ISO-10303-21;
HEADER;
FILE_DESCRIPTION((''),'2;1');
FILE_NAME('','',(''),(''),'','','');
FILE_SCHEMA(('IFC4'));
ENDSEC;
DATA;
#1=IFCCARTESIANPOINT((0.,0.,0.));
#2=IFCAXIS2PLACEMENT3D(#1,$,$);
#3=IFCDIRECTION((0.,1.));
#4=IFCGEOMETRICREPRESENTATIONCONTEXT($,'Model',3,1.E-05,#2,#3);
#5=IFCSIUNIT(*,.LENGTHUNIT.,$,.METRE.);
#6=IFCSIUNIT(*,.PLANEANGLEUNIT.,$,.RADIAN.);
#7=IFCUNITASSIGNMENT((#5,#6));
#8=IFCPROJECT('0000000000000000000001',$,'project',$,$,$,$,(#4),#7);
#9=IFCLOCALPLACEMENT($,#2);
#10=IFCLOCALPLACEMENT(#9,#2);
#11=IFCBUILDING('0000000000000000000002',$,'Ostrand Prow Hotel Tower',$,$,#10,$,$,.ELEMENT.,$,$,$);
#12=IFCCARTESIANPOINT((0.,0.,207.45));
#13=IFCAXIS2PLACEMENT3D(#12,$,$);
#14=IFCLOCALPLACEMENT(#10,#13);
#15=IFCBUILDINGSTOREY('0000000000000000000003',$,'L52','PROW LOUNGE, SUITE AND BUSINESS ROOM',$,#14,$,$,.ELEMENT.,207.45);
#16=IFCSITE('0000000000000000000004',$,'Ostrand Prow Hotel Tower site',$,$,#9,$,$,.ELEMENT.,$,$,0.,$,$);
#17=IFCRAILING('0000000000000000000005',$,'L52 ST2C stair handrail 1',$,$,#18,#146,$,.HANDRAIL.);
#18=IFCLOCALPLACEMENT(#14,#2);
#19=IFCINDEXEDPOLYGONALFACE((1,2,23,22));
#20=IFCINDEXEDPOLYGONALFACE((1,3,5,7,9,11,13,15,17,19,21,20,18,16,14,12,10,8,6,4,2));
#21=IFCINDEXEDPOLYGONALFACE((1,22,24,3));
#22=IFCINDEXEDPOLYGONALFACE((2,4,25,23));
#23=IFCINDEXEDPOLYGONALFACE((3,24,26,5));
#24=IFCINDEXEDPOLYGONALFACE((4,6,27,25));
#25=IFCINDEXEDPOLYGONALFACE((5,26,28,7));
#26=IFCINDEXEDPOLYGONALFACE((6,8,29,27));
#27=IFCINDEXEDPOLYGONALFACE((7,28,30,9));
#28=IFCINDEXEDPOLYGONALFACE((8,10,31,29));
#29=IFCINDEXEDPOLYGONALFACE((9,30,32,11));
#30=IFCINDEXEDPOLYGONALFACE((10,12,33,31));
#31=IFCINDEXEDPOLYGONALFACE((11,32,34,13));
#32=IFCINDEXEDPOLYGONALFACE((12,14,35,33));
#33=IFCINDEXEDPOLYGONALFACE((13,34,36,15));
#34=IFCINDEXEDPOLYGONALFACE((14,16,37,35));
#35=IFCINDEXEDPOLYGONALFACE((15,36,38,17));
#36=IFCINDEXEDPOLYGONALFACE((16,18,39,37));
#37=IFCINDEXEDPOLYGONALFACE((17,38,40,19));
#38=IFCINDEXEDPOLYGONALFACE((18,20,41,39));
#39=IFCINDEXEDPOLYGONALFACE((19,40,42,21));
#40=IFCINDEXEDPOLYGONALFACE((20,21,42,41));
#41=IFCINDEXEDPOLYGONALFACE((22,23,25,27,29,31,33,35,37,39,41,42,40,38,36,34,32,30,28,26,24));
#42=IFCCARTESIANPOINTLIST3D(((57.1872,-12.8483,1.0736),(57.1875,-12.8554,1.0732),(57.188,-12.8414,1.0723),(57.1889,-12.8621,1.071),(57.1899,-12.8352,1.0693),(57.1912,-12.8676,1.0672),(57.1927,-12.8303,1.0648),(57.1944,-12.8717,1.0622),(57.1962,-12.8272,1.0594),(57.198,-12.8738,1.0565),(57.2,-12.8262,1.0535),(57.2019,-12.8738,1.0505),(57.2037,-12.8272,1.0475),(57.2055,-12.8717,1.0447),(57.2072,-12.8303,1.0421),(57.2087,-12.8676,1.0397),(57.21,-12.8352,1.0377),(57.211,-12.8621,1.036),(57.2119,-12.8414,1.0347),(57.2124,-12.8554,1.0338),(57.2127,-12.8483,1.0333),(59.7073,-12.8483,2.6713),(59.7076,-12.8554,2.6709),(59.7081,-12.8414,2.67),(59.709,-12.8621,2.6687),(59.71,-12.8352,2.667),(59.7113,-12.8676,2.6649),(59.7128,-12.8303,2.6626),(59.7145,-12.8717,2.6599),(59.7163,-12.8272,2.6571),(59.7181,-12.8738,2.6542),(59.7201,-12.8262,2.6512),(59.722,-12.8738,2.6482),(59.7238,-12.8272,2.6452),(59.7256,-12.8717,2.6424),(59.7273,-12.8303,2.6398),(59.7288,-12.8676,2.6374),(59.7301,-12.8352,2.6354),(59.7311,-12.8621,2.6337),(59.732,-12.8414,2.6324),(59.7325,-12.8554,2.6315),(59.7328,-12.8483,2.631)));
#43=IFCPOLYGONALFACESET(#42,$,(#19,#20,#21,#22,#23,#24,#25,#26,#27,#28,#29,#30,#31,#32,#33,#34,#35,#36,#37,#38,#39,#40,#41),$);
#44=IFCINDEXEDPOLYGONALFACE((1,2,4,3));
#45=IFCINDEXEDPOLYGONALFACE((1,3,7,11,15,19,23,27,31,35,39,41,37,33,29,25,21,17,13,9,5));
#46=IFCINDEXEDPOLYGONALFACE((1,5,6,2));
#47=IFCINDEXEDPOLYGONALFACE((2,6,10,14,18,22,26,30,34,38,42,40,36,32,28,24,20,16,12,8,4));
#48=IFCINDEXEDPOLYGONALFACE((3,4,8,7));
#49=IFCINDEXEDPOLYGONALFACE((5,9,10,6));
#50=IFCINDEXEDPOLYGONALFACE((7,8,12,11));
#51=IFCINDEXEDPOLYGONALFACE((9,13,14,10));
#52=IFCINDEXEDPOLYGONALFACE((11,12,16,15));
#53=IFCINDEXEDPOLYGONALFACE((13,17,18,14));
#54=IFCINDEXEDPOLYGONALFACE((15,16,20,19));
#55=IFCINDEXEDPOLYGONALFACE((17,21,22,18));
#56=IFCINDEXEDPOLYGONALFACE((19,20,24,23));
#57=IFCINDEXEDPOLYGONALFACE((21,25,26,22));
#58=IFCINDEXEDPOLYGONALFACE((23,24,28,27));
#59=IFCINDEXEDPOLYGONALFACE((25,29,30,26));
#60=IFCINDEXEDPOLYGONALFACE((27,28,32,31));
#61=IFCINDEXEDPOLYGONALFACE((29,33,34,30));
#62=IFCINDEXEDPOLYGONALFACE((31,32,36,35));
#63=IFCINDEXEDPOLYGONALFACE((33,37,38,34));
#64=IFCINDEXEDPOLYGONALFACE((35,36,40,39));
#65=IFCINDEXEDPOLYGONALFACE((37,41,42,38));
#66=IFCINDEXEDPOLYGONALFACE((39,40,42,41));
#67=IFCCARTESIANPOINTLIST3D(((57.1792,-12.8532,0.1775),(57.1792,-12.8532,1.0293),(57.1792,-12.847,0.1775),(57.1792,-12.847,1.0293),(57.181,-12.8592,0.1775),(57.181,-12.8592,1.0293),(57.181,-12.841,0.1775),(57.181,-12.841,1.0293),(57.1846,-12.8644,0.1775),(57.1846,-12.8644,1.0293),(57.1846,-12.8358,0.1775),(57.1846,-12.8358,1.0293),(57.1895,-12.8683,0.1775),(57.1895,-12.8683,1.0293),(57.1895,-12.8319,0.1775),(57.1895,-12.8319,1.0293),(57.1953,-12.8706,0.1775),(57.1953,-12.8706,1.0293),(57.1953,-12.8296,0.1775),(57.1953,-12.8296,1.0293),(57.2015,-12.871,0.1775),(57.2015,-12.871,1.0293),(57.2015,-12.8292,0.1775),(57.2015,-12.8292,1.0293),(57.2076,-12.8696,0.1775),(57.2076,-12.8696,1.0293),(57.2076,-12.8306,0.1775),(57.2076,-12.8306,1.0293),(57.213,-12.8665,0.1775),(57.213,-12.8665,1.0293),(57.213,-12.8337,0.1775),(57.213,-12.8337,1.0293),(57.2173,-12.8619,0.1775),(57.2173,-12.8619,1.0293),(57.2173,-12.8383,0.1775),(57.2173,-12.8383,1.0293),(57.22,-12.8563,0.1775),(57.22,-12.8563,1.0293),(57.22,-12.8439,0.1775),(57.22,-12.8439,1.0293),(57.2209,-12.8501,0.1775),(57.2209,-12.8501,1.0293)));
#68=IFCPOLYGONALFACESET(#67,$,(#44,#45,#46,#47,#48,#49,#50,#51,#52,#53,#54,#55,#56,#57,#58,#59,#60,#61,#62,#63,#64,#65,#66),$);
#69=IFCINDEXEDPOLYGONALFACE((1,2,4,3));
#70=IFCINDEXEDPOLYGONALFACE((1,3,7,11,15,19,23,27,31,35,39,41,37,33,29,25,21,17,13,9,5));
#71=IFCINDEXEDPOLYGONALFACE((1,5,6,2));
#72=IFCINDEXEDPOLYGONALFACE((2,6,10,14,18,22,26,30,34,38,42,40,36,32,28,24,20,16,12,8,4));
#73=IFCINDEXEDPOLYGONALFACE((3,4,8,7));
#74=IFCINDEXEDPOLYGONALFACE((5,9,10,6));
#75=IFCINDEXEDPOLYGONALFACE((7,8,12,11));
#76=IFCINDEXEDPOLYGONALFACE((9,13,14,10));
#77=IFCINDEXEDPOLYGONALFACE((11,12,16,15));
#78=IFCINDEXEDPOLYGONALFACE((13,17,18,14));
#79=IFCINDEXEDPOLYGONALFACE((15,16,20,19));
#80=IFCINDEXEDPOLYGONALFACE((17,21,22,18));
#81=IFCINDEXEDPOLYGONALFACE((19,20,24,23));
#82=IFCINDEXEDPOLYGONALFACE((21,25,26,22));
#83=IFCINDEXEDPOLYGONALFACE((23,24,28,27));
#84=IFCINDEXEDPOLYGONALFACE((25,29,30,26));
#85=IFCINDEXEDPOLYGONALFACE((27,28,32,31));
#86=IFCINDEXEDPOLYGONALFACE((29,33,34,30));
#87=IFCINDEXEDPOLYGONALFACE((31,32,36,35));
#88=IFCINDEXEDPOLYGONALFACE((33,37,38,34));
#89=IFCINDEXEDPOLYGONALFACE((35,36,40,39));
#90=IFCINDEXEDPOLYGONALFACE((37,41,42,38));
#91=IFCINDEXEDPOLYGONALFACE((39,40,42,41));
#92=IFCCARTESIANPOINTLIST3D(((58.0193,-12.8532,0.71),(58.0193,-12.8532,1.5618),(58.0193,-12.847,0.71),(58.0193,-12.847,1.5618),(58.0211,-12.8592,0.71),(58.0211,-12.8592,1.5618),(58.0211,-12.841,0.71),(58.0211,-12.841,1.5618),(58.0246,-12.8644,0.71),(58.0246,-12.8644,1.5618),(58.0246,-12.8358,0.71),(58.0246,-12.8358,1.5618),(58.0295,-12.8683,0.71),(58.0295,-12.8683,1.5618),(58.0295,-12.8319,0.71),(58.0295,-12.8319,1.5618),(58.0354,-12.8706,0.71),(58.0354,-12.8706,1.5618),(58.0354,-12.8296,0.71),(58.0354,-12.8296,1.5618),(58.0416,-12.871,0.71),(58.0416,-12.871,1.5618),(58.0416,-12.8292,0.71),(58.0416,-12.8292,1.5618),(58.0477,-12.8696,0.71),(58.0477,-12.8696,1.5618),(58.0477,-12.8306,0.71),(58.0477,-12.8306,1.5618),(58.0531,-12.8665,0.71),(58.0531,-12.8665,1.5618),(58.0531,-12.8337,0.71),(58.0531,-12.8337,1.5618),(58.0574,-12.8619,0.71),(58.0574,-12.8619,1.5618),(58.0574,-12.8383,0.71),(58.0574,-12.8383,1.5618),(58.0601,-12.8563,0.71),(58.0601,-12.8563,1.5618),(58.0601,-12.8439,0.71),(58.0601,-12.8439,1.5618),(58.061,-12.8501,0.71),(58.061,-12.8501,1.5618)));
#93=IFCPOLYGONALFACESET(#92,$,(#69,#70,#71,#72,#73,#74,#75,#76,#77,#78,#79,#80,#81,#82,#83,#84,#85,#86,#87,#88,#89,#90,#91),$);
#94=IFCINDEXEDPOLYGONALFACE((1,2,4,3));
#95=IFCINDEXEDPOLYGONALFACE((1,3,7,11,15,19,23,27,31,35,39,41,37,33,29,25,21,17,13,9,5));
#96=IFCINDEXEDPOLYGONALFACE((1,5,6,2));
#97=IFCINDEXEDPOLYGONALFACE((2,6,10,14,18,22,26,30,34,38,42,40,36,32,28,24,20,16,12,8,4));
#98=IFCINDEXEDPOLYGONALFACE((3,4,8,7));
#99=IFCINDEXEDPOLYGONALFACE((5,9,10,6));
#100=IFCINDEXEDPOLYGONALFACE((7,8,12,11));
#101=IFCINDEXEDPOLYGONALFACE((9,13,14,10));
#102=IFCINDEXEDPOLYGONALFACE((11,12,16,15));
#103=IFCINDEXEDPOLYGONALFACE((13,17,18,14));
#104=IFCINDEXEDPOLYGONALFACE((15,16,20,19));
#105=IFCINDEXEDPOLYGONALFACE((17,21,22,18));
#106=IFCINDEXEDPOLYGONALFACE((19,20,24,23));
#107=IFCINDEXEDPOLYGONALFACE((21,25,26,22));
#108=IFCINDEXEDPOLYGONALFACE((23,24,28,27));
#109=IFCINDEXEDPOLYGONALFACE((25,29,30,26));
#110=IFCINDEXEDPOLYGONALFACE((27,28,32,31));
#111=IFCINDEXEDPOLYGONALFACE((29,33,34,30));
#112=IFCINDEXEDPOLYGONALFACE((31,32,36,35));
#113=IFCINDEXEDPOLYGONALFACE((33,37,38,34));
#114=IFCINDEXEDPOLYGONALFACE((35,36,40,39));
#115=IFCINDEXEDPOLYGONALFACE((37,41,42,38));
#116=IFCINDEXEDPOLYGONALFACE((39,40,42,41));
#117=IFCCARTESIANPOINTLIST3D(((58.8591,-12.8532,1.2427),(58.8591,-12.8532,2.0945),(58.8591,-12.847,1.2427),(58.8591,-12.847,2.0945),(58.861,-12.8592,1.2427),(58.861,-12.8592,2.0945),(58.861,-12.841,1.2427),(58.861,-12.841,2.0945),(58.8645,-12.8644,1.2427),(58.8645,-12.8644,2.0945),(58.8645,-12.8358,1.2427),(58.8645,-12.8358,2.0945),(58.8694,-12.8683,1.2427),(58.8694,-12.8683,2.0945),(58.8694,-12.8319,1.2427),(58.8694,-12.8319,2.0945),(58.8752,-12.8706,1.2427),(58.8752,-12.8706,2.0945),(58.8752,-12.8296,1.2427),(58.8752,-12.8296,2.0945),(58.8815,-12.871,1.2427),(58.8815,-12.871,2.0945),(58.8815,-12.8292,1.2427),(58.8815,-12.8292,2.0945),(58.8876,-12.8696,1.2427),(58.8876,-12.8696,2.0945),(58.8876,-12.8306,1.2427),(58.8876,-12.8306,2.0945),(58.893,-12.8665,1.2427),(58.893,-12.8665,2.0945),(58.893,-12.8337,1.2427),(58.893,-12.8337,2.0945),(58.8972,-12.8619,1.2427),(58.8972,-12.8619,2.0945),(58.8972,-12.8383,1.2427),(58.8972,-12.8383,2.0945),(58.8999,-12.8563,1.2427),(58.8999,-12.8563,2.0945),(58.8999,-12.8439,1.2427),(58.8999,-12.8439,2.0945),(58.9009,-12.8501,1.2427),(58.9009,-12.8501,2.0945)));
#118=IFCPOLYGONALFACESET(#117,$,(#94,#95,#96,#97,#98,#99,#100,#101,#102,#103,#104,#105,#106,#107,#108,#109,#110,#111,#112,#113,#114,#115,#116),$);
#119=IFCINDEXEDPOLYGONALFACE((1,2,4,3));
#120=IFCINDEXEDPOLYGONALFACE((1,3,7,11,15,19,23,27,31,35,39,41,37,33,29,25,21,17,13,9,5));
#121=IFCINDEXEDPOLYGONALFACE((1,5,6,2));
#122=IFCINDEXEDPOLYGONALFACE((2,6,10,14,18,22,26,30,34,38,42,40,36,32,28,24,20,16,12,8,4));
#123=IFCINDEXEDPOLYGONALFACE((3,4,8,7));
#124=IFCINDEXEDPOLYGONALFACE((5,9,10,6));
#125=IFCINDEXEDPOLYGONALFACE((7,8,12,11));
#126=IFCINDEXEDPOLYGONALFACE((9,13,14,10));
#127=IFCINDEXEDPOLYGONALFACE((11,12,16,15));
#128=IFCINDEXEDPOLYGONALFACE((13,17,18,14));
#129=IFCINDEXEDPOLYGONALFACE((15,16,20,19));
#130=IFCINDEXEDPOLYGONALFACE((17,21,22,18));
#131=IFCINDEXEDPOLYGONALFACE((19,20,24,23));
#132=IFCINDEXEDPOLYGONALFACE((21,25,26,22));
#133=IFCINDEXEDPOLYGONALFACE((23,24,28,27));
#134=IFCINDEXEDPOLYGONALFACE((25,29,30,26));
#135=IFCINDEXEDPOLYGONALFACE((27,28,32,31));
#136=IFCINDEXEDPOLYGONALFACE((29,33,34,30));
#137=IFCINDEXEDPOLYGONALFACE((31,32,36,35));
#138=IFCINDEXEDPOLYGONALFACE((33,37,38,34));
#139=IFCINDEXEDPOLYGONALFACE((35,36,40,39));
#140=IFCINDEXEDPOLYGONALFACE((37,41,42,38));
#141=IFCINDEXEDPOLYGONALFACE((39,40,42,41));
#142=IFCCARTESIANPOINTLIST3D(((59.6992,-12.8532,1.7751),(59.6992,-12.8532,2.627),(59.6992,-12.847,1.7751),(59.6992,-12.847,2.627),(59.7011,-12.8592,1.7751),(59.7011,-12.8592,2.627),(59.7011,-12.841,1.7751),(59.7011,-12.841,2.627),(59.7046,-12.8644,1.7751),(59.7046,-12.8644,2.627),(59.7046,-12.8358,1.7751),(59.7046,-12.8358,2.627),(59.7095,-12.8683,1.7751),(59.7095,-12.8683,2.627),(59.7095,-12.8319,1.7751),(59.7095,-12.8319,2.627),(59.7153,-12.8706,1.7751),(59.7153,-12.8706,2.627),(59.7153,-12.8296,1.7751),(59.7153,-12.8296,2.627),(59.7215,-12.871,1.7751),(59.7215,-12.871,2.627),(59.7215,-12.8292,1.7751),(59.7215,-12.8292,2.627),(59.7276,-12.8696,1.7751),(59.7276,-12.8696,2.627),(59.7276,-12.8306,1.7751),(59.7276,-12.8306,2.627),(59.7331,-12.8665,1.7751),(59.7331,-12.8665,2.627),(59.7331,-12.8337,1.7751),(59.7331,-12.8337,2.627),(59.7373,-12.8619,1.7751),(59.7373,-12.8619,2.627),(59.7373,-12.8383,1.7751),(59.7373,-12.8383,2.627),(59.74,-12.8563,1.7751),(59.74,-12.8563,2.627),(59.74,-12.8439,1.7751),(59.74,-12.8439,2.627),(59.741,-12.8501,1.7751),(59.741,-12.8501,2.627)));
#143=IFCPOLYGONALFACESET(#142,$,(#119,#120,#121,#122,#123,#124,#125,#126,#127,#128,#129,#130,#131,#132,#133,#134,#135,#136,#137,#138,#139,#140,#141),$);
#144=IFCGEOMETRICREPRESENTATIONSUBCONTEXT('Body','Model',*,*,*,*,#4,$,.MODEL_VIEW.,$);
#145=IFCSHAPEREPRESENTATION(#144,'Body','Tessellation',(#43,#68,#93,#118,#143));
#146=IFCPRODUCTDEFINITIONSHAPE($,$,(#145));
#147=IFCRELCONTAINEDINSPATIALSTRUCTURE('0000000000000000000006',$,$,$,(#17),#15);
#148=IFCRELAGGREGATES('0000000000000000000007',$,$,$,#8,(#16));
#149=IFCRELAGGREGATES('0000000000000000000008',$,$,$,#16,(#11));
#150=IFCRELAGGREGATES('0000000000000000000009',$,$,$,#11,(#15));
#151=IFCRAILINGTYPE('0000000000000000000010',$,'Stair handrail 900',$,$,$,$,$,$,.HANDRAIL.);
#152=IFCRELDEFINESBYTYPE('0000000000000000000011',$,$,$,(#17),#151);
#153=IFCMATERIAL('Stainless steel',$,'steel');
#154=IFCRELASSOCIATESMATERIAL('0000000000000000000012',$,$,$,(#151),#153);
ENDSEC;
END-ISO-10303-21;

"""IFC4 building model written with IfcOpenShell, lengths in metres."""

from ifc_helpers import new_model, si_unit, direction, frame, origin, origin_2d, place, context, subcontext, project, spatial, circle, extrude, material, type_object, element, save


model = new_model("IFC4")

# Units and contexts
model_context = context("Model", 3, precision=1e-05, world=origin(), true_north=direction((0.0, 1.0)))
body_context = subcontext(model_context, "Body", "Model", "MODEL_VIEW")
ifc_project = project(units=[si_unit("LENGTHUNIT", "METRE"), si_unit("PLANEANGLEUNIT", "RADIAN")], contexts=[model_context])

# Site, building, storey
site_placement = place(None, origin())
site = spatial("IfcSite", under=ifc_project, at=site_placement, Name="Ostrand Prow Hotel Tower site", CompositionType="ELEMENT", RefElevation=0.0)
building_placement = place(site_placement, origin())
building = spatial("IfcBuilding", under=site, at=building_placement, Name="Ostrand Prow Hotel Tower", CompositionType="ELEMENT")
storey_placement = place(building_placement, frame((0.0, 0.0, 207.45)))
storey = spatial("IfcBuildingStorey", under=building, at=storey_placement, Name="L52", Description="PROW LOUNGE, SUITE AND BUSINESS ROOM", CompositionType="ELEMENT", Elevation=207.45)

# Railing
ifc_material_1 = material(Name="Stainless steel", Category="steel")
railing_type_1 = type_object("IfcRailingType", Name="Stair handrail 900", PredefinedType="HANDRAIL", material=ifc_material_1)
railing_1_placement = place(storey_placement, frame((57.2, -12.8501, 0.1775)))
element("IfcRailing", 1, at=railing_1_placement, inside=storey, type_object=railing_type_1, Name="L52 ST2C stair handrail 1", PredefinedType="HANDRAIL", context=body_context, shape_type="SweptSolid", body=[
    extrude(circle(Radius=0.0239, at=origin_2d()), frame((0.0, 0.0, 0.876), z_axis=(0.84457, 0.0, 0.535445), x_axis=(0.0, 1.0, 0.0)), (0.0, 0.0, 1.0), 2.9839),
    extrude(circle(Radius=0.021, at=origin_2d()), origin(), (0.0, 0.0, 1.0), 0.8518),
    extrude(circle(Radius=0.021, at=origin_2d()), frame((0.8401, 0.0, 0.5325)), (0.0, 0.0, 1.0), 0.8518),
    extrude(circle(Radius=0.021, at=origin_2d()), frame((1.6799, 0.0, 1.0652)), (0.0, 0.0, 1.0), 0.8518),
    extrude(circle(Radius=0.021, at=origin_2d()), frame((2.52, 0.0, 1.5977)), (0.0, 0.0, 1.0), 0.8518),
])

save(model, "model.ifc")
